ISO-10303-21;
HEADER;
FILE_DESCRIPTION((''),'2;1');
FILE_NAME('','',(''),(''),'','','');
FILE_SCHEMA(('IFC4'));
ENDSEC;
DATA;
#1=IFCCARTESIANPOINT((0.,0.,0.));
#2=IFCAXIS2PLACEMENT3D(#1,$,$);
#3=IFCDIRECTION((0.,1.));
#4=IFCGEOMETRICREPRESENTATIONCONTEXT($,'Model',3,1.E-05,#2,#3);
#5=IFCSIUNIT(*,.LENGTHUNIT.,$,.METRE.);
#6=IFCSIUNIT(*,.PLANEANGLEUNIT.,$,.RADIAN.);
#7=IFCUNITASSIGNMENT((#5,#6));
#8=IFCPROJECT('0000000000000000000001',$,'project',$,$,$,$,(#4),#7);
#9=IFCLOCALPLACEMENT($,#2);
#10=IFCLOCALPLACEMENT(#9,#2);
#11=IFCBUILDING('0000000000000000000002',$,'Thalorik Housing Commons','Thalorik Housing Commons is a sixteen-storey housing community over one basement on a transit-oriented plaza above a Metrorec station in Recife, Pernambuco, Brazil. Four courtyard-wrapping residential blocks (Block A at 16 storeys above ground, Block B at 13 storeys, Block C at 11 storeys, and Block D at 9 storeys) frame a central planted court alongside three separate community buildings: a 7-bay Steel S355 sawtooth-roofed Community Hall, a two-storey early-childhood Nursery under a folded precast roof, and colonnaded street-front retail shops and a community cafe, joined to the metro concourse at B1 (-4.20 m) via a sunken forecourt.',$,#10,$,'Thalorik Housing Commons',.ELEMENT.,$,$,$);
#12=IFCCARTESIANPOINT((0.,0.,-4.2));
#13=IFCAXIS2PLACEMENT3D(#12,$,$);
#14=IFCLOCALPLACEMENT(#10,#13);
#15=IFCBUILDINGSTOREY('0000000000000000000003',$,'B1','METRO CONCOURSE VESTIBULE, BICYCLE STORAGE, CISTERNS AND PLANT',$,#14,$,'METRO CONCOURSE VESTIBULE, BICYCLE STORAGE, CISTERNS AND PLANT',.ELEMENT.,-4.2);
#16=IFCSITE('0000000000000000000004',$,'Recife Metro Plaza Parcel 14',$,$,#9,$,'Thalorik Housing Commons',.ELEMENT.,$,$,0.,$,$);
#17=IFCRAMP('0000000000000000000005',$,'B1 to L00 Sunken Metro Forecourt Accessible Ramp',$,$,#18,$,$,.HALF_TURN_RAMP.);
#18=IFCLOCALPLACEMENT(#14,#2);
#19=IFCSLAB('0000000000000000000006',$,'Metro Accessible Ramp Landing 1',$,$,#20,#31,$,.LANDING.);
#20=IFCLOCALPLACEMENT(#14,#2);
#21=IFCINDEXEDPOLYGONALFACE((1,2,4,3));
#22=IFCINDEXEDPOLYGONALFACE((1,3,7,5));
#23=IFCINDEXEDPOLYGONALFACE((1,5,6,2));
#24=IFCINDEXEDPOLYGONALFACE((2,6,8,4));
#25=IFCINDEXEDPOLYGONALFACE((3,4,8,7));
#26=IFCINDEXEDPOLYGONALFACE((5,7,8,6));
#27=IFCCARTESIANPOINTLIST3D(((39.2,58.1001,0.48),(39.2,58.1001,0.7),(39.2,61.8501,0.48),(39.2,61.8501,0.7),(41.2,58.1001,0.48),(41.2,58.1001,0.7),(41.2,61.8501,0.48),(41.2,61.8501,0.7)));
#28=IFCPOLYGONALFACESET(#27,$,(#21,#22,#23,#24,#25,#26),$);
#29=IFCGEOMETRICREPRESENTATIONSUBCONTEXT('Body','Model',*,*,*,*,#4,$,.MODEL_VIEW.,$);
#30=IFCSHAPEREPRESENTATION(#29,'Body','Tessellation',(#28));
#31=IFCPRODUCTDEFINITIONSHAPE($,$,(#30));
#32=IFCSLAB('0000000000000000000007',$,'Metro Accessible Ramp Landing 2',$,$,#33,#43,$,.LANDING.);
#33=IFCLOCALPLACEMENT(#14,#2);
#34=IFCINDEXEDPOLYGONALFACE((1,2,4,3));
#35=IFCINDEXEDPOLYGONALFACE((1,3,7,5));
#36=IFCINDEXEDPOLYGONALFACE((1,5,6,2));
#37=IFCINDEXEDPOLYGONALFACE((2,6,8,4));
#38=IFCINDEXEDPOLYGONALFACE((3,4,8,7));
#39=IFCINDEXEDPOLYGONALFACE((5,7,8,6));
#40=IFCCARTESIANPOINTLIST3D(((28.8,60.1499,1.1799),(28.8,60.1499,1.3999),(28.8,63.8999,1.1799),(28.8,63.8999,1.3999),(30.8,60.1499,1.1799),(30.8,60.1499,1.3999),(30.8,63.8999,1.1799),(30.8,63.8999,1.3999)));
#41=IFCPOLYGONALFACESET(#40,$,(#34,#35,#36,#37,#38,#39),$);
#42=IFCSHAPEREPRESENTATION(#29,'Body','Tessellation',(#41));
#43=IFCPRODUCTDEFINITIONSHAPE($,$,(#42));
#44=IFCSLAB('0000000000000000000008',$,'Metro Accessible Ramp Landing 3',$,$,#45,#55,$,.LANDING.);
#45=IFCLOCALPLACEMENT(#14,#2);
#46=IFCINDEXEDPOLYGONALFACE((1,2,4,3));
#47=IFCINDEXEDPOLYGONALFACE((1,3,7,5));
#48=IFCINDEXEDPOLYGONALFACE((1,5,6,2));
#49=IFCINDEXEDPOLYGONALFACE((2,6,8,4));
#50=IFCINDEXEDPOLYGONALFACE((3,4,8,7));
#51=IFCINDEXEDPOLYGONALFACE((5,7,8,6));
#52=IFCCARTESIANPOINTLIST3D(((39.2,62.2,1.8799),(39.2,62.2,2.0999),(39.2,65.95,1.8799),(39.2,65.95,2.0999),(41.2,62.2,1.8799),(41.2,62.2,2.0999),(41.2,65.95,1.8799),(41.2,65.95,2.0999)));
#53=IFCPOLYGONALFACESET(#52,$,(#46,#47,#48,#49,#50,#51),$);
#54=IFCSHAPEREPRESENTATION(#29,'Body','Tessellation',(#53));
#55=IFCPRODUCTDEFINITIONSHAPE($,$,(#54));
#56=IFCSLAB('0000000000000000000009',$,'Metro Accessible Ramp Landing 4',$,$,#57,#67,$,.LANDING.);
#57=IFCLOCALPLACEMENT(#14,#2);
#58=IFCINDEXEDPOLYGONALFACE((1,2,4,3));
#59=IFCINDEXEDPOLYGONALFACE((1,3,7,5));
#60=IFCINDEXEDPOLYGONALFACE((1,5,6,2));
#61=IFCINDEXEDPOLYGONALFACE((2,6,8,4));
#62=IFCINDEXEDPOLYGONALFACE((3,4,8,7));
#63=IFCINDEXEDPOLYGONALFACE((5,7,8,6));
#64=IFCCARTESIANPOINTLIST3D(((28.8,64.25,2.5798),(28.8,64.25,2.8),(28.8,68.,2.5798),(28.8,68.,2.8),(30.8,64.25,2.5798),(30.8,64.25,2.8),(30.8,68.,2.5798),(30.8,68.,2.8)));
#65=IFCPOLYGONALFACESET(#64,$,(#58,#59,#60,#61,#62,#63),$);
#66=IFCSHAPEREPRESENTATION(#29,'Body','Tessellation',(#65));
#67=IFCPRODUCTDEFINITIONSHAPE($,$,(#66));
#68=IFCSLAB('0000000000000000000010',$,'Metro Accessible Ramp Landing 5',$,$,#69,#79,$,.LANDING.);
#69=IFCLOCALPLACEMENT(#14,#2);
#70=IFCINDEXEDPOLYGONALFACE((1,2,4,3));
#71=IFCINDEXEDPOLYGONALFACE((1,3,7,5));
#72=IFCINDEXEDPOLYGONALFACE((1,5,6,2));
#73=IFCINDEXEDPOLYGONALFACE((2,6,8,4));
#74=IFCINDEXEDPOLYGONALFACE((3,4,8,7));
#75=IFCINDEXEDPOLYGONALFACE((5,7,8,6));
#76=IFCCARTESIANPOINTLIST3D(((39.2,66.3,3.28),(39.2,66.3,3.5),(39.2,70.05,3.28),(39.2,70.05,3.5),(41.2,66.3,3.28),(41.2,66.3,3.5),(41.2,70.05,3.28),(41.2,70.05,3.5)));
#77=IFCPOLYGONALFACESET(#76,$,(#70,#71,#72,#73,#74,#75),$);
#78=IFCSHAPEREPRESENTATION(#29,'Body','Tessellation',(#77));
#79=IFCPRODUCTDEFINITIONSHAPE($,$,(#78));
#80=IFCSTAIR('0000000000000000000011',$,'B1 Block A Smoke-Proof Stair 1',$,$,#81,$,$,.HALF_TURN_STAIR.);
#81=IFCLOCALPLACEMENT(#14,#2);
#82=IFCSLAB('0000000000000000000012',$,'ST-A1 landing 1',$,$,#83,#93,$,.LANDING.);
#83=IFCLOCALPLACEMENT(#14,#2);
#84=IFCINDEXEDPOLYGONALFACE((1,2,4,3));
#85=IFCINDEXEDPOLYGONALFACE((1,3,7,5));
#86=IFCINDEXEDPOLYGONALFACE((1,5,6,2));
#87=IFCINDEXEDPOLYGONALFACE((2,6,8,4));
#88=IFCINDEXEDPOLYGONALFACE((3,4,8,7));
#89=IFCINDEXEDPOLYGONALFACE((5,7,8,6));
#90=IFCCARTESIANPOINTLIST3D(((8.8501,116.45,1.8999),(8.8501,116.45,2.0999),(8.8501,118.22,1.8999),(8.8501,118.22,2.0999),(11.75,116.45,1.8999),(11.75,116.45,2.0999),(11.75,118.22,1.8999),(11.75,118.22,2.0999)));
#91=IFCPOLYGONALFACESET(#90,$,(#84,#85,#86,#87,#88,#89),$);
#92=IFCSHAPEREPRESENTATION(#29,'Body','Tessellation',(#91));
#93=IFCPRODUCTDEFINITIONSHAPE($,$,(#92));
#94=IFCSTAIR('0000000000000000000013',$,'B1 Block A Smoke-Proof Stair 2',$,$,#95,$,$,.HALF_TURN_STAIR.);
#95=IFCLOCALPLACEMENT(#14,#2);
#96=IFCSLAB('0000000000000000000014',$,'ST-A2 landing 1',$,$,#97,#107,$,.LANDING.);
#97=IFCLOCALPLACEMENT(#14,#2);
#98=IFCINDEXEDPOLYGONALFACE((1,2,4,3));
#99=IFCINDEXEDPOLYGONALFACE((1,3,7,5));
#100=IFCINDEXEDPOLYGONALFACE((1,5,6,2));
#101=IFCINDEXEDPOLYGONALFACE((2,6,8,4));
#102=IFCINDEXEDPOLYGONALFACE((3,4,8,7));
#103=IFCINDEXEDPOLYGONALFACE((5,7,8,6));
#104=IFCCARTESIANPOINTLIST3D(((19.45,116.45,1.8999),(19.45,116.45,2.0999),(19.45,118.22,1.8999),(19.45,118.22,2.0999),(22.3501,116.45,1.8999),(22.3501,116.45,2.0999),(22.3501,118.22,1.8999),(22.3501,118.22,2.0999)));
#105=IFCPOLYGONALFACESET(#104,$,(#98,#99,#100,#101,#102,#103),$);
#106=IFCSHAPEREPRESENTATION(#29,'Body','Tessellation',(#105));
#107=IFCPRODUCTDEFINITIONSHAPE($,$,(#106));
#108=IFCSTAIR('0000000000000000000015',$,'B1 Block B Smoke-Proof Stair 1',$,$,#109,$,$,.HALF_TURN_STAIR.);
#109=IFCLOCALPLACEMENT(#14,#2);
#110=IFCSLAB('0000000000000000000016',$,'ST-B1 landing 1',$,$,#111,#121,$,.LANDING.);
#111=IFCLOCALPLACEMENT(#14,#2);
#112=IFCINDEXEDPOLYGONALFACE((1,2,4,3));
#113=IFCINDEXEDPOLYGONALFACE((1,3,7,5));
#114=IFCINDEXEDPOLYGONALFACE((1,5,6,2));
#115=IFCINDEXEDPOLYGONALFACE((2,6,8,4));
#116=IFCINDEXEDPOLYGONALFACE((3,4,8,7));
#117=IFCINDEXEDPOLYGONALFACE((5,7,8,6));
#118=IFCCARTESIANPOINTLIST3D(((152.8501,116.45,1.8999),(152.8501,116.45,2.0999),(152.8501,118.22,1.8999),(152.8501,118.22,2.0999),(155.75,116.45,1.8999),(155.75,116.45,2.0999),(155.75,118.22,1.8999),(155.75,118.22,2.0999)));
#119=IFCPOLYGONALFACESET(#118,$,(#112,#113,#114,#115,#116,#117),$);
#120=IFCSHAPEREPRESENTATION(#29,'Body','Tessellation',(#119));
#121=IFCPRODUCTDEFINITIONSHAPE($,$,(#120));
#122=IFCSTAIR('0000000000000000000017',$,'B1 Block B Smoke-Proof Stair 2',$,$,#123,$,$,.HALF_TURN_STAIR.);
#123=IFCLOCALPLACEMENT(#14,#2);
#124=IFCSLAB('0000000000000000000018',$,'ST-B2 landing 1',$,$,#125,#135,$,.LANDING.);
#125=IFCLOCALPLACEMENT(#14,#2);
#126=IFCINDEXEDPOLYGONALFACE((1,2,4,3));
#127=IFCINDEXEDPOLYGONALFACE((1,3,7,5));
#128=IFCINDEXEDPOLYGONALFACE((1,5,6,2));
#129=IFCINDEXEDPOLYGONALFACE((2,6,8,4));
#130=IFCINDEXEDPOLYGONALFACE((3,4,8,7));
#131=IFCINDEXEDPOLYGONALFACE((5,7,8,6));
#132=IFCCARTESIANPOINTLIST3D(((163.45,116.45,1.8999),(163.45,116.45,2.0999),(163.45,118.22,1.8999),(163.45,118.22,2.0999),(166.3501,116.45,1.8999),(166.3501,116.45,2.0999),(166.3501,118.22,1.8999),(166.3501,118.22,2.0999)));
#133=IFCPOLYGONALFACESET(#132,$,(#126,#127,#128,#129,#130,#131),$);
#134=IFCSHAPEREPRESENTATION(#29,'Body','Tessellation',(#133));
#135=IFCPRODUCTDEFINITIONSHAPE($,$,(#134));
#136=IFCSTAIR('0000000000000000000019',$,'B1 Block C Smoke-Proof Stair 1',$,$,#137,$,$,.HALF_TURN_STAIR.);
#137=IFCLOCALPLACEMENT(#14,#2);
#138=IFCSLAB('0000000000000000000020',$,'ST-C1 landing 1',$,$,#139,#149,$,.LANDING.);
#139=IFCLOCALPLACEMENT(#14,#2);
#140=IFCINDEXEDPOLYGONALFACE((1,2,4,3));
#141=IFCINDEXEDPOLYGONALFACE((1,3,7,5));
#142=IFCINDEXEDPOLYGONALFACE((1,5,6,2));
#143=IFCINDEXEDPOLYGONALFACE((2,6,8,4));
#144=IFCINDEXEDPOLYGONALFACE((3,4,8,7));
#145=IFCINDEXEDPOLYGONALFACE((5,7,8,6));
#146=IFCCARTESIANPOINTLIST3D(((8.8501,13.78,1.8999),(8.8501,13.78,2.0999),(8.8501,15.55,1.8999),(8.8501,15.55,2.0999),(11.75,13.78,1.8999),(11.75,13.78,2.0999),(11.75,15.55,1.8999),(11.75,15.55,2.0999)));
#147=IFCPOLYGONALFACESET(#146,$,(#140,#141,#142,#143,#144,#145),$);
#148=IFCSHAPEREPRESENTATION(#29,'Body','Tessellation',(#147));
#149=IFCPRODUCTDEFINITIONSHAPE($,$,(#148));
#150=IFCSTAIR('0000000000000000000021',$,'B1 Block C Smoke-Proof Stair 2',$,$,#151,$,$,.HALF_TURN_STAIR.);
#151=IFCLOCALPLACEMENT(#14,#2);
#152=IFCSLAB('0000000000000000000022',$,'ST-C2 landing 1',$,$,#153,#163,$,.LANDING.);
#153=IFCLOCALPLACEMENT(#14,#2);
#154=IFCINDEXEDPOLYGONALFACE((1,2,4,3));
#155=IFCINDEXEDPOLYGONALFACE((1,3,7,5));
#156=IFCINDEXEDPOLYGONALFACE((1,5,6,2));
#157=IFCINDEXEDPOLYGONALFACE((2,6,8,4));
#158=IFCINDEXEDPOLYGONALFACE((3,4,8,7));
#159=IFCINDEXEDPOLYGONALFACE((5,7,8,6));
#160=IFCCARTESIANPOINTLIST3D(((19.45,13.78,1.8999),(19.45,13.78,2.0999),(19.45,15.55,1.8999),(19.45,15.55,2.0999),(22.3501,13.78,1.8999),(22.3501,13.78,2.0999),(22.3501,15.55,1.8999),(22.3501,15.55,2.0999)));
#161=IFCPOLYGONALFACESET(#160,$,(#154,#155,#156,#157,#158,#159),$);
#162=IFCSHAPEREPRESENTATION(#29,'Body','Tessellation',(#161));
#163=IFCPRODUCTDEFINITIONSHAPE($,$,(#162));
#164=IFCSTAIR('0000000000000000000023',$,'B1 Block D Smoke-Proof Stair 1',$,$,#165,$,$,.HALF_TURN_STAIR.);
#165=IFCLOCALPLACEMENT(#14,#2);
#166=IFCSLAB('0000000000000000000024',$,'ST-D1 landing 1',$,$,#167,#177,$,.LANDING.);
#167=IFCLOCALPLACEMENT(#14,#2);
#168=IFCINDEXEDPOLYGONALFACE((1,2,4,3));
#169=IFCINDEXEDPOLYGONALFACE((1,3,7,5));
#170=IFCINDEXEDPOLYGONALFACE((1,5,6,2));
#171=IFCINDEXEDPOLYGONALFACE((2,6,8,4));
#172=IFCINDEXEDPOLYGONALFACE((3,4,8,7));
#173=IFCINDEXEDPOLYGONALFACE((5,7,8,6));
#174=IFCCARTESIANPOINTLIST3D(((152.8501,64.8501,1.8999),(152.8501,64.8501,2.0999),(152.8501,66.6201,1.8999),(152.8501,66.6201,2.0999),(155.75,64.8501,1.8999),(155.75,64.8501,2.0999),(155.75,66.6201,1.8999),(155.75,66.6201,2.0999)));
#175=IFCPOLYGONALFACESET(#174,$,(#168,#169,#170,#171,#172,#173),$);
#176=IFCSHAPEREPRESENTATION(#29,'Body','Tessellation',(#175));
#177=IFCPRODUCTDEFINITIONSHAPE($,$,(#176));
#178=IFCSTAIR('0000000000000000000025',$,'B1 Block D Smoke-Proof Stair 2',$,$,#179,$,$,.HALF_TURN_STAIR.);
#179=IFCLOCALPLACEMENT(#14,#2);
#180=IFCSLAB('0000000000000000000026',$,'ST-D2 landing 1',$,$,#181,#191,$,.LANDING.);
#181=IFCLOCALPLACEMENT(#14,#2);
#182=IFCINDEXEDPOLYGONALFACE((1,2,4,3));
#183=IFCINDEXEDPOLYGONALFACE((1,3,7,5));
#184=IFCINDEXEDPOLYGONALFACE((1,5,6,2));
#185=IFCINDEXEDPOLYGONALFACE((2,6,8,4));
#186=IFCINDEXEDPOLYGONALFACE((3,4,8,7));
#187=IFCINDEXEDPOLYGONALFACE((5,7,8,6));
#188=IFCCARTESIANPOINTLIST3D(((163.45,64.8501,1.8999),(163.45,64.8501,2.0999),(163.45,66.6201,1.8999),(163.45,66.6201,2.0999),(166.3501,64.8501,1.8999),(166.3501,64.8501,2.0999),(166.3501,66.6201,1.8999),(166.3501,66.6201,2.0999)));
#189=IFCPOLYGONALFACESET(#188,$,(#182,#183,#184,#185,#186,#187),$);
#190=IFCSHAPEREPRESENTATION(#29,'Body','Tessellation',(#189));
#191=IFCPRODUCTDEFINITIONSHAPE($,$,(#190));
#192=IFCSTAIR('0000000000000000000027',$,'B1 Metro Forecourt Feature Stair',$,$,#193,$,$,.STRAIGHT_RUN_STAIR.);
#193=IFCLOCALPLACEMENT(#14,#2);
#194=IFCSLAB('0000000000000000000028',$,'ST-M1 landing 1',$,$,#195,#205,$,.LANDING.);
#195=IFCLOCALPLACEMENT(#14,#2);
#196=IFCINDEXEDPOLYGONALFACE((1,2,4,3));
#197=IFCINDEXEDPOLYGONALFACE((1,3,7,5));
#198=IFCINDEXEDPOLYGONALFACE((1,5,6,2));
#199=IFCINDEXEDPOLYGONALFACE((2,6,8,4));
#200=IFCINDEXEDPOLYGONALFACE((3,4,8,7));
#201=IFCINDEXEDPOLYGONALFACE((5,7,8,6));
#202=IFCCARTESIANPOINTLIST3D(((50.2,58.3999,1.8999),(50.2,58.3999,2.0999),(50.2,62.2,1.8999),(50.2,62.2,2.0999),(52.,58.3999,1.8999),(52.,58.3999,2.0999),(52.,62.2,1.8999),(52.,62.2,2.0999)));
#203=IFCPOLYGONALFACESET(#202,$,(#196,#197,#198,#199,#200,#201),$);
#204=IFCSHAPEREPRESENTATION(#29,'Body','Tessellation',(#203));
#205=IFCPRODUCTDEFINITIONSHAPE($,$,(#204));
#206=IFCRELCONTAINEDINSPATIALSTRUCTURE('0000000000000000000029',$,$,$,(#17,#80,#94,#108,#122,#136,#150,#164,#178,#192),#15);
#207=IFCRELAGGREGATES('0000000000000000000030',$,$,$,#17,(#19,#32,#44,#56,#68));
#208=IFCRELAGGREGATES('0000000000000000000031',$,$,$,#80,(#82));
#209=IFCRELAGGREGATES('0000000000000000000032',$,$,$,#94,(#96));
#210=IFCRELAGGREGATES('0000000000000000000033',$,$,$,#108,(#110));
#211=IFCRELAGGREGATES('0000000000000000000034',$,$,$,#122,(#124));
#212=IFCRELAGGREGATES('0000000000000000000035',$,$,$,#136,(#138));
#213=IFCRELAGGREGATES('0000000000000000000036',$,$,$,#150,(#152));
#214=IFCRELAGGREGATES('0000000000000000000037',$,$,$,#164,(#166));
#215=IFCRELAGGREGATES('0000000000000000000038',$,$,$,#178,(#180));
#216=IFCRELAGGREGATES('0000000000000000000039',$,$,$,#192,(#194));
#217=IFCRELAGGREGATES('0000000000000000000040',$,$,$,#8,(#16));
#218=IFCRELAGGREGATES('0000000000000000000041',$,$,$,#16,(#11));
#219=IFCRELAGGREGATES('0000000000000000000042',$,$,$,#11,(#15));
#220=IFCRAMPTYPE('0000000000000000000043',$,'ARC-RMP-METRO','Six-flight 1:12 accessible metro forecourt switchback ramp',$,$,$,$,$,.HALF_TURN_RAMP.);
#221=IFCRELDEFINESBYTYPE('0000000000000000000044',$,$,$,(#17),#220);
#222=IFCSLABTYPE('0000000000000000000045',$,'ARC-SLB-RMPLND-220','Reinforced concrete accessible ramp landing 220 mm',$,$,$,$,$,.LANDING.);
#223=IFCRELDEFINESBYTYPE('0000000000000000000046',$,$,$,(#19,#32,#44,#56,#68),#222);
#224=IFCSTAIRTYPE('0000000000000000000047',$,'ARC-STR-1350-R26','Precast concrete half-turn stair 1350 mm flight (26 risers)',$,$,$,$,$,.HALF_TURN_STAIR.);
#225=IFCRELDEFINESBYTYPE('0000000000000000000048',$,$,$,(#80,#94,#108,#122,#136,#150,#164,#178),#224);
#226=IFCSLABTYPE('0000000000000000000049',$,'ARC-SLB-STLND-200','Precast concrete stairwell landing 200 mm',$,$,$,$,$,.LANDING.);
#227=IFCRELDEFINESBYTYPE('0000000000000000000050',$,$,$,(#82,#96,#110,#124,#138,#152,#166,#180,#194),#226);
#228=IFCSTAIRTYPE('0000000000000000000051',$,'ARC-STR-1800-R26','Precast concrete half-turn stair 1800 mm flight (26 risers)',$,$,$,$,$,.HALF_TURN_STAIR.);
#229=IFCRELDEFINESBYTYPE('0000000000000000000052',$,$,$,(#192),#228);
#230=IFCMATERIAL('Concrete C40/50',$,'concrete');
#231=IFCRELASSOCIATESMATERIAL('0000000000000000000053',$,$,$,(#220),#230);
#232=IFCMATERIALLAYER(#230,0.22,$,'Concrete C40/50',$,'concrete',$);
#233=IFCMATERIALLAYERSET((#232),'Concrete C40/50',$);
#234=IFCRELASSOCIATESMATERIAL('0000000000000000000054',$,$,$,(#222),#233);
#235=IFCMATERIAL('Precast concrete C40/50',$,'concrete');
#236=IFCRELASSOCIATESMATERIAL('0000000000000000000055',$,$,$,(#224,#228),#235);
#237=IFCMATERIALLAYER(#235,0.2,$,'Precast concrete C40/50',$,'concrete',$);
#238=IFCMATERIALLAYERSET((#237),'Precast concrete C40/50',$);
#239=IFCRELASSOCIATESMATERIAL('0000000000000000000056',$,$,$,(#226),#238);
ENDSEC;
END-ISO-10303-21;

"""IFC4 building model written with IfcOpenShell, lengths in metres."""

from ifc_helpers import new_model, si_unit, direction, frame, origin, place, context, subcontext, project, spatial, polyline, outline, extrude, material, layer, layer_set, type_object, element, aggregate, save


model = new_model("IFC4")

# Units and contexts
model_context = context("Model", 3, precision=1e-05, world=origin(), true_north=direction((0.0, 1.0)))
body_context = subcontext(model_context, "Body", "Model", "MODEL_VIEW")
ifc_project = project(units=[si_unit("LENGTHUNIT", "METRE"), si_unit("PLANEANGLEUNIT", "RADIAN")], contexts=[model_context])

# Site, building, storey
site_placement = place(None, origin())
site = spatial("IfcSite", under=ifc_project, at=site_placement, Name="Recife Metro Plaza Parcel 14", LongName="Thalorik Housing Commons", CompositionType="ELEMENT", RefElevation=0.0)
building_placement = place(site_placement, origin())
building = spatial("IfcBuilding", under=site, at=building_placement, Name="Thalorik Housing Commons", Description="Thalorik Housing Commons is a sixteen-storey housing community over one basement on a transit-oriented plaza above a Metrorec station in Recife, Pernambuco, Brazil. Four courtyard-wrapping residential blocks (Block A at 16 storeys above ground, Block B at 13 storeys, Block C at 11 storeys, and Block D at 9 storeys) frame a central planted court alongside three separate community buildings: a 7-bay Steel S355 sawtooth-roofed Community Hall, a two-storey early-childhood Nursery under a folded precast roof, and colonnaded street-front retail shops and a community cafe, joined to the metro concourse at B1 (-4.20 m) via a sunken forecourt.", LongName="Thalorik Housing Commons", CompositionType="ELEMENT")
storey_placement = place(building_placement, frame((0.0, 0.0, -4.2)))
storey = spatial("IfcBuildingStorey", under=building, at=storey_placement, Name="B1", Description="METRO CONCOURSE VESTIBULE, BICYCLE STORAGE, CISTERNS AND PLANT", LongName="METRO CONCOURSE VESTIBULE, BICYCLE STORAGE, CISTERNS AND PLANT", CompositionType="ELEMENT", Elevation=-4.2)

# Ramp, slabs
ifc_material_1 = material(Name="Concrete C40/50", Category="concrete")
ramp_type = type_object("IfcRampType", Name="ARC-RMP-METRO", Description="Six-flight 1:12 accessible metro forecourt switchback ramp", PredefinedType="HALF_TURN_RAMP", material=ifc_material_1)
ramp_placement = place(storey_placement, origin())
ramp = element("IfcRamp", 1, at=ramp_placement, inside=storey, type_object=ramp_type, Name="B1 to L00 Sunken Metro Forecourt Accessible Ramp", PredefinedType="HALF_TURN_RAMP")
ifc_layer_1 = layer(ifc_material_1, 0.22, Name="Concrete C40/50", Category="concrete")
ifc_layer_set_1 = layer_set([ifc_layer_1], Name="Concrete C40/50")
slab_type_1 = type_object("IfcSlabType", Name="ARC-SLB-RMPLND-220", Description="Reinforced concrete accessible ramp landing 220 mm", PredefinedType="LANDING", material=ifc_layer_set_1)
slab_1_placement = place(storey_placement, frame((0.0, 0.0, 0.48)))
slab_1 = element("IfcSlab", 2, at=slab_1_placement, type_object=slab_type_1, Name="Metro Accessible Ramp Landing 1", PredefinedType="LANDING", context=body_context, shape_type="SweptSolid", body=[
    extrude(outline(polyline([(39.2, 58.1001), (41.2, 58.1001), (41.2, 61.8501), (39.2, 61.8501), (39.2, 58.1001)])), origin(), (0.0, 0.0, 1.0), 0.22),
])
slab_2_placement = place(storey_placement, frame((0.0, 0.0, 1.1799)))
slab_2 = element("IfcSlab", 3, at=slab_2_placement, type_object=slab_type_1, Name="Metro Accessible Ramp Landing 2", PredefinedType="LANDING", context=body_context, shape_type="SweptSolid", body=[
    extrude(outline(polyline([(28.8, 60.1499), (30.8, 60.1499), (30.8, 63.8999), (28.8, 63.8999), (28.8, 60.1499)])), origin(), (0.0, 0.0, 1.0), 0.22),
])
slab_3_placement = place(storey_placement, frame((0.0, 0.0, 1.8799)))
slab_3 = element("IfcSlab", 4, at=slab_3_placement, type_object=slab_type_1, Name="Metro Accessible Ramp Landing 3", PredefinedType="LANDING", context=body_context, shape_type="SweptSolid", body=[
    extrude(outline(polyline([(39.2, 62.2), (41.2, 62.2), (41.2, 65.95), (39.2, 65.95), (39.2, 62.2)])), origin(), (0.0, 0.0, 1.0), 0.22),
])
slab_4_placement = place(storey_placement, frame((0.0, 0.0, 2.5798)))
slab_4 = element("IfcSlab", 5, at=slab_4_placement, type_object=slab_type_1, Name="Metro Accessible Ramp Landing 4", PredefinedType="LANDING", context=body_context, shape_type="SweptSolid", body=[
    extrude(outline(polyline([(28.8, 64.25), (30.8, 64.25), (30.8, 68.0), (28.8, 68.0), (28.8, 64.25)])), origin(), (0.0, 0.0, 1.0), 0.2202),
])
slab_5_placement = place(storey_placement, frame((0.0, 0.0, 3.28)))
slab_5 = element("IfcSlab", 6, at=slab_5_placement, type_object=slab_type_1, Name="Metro Accessible Ramp Landing 5", PredefinedType="LANDING", context=body_context, shape_type="SweptSolid", body=[
    extrude(outline(polyline([(39.2, 66.3), (41.2, 66.3), (41.2, 70.05), (39.2, 70.05), (39.2, 66.3)])), origin(), (0.0, 0.0, 1.0), 0.22),
])
aggregate(ramp, [slab_1, slab_2, slab_3, slab_4, slab_5])

# Stairs, slabs
ifc_material_2 = material(Name="Precast concrete C40/50", Category="concrete")
stair_type_1 = type_object("IfcStairType", Name="ARC-STR-1350-R26", Description="Precast concrete half-turn stair 1350 mm flight (26 risers)", PredefinedType="HALF_TURN_STAIR", material=ifc_material_2)
stair_1_placement = place(storey_placement, origin())
stair_1 = element("IfcStair", 7, at=stair_1_placement, inside=storey, type_object=stair_type_1, Name="B1 Block A Smoke-Proof Stair 1", PredefinedType="HALF_TURN_STAIR")
ifc_layer_2 = layer(ifc_material_2, 0.2, Name="Precast concrete C40/50", Category="concrete")
ifc_layer_set_2 = layer_set([ifc_layer_2], Name="Precast concrete C40/50")
slab_type_2 = type_object("IfcSlabType", Name="ARC-SLB-STLND-200", Description="Precast concrete stairwell landing 200 mm", PredefinedType="LANDING", material=ifc_layer_set_2)
slab_6_placement = place(storey_placement, frame((0.0, 0.0, 1.8999)))
slab_6 = element("IfcSlab", 8, at=slab_6_placement, type_object=slab_type_2, Name="ST-A1 landing 1", PredefinedType="LANDING", context=body_context, shape_type="SweptSolid", body=[
    extrude(outline(polyline([(8.8501, 118.22), (8.8501, 116.45), (11.75, 116.45), (11.75, 118.22), (8.8501, 118.22)])), origin(), (0.0, 0.0, 1.0), 0.2),
])
aggregate(stair_1, [slab_6])
stair_2_placement = place(storey_placement, origin())
stair_2 = element("IfcStair", 9, at=stair_2_placement, inside=storey, type_object=stair_type_1, Name="B1 Block A Smoke-Proof Stair 2", PredefinedType="HALF_TURN_STAIR")
slab_7_placement = place(storey_placement, frame((0.0, 0.0, 1.8999)))
slab_7 = element("IfcSlab", 10, at=slab_7_placement, type_object=slab_type_2, Name="ST-A2 landing 1", PredefinedType="LANDING", context=body_context, shape_type="SweptSolid", body=[
    extrude(outline(polyline([(19.45, 118.22), (19.45, 116.45), (22.3501, 116.45), (22.3501, 118.22), (19.45, 118.22)])), origin(), (0.0, 0.0, 1.0), 0.2),
])
aggregate(stair_2, [slab_7])
stair_3_placement = place(storey_placement, origin())
stair_3 = element("IfcStair", 11, at=stair_3_placement, inside=storey, type_object=stair_type_1, Name="B1 Block B Smoke-Proof Stair 1", PredefinedType="HALF_TURN_STAIR")
slab_8_placement = place(storey_placement, frame((0.0, 0.0, 1.8999)))
slab_8 = element("IfcSlab", 12, at=slab_8_placement, type_object=slab_type_2, Name="ST-B1 landing 1", PredefinedType="LANDING", context=body_context, shape_type="SweptSolid", body=[
    extrude(outline(polyline([(152.8501, 118.22), (152.8501, 116.45), (155.75, 116.45), (155.75, 118.22), (152.8501, 118.22)])), origin(), (0.0, 0.0, 1.0), 0.2),
])
aggregate(stair_3, [slab_8])
stair_4_placement = place(storey_placement, origin())
stair_4 = element("IfcStair", 13, at=stair_4_placement, inside=storey, type_object=stair_type_1, Name="B1 Block B Smoke-Proof Stair 2", PredefinedType="HALF_TURN_STAIR")
slab_9_placement = place(storey_placement, frame((0.0, 0.0, 1.8999)))
slab_9 = element("IfcSlab", 14, at=slab_9_placement, type_object=slab_type_2, Name="ST-B2 landing 1", PredefinedType="LANDING", context=body_context, shape_type="SweptSolid", body=[
    extrude(outline(polyline([(163.45, 118.22), (163.45, 116.45), (166.3501, 116.45), (166.3501, 118.22), (163.45, 118.22)])), origin(), (0.0, 0.0, 1.0), 0.2),
])
aggregate(stair_4, [slab_9])
stair_5_placement = place(storey_placement, origin())
stair_5 = element("IfcStair", 15, at=stair_5_placement, inside=storey, type_object=stair_type_1, Name="B1 Block C Smoke-Proof Stair 1", PredefinedType="HALF_TURN_STAIR")
slab_10_placement = place(storey_placement, frame((0.0, 0.0, 1.8999)))
slab_10 = element("IfcSlab", 16, at=slab_10_placement, type_object=slab_type_2, Name="ST-C1 landing 1", PredefinedType="LANDING", context=body_context, shape_type="SweptSolid", body=[
    extrude(outline(polyline([(11.75, 13.78), (11.75, 15.55), (8.8501, 15.55), (8.8501, 13.78), (11.75, 13.78)])), origin(), (0.0, 0.0, 1.0), 0.2),
])
aggregate(stair_5, [slab_10])
stair_6_placement = place(storey_placement, origin())
stair_6 = element("IfcStair", 17, at=stair_6_placement, inside=storey, type_object=stair_type_1, Name="B1 Block C Smoke-Proof Stair 2", PredefinedType="HALF_TURN_STAIR")
slab_11_placement = place(storey_placement, frame((0.0, 0.0, 1.8999)))
slab_11 = element("IfcSlab", 18, at=slab_11_placement, type_object=slab_type_2, Name="ST-C2 landing 1", PredefinedType="LANDING", context=body_context, shape_type="SweptSolid", body=[
    extrude(outline(polyline([(22.3501, 13.78), (22.3501, 15.55), (19.45, 15.55), (19.45, 13.78), (22.3501, 13.78)])), origin(), (0.0, 0.0, 1.0), 0.2),
])
aggregate(stair_6, [slab_11])
stair_7_placement = place(storey_placement, origin())
stair_7 = element("IfcStair", 19, at=stair_7_placement, inside=storey, type_object=stair_type_1, Name="B1 Block D Smoke-Proof Stair 1", PredefinedType="HALF_TURN_STAIR")
slab_12_placement = place(storey_placement, frame((0.0, 0.0, 1.8999)))
slab_12 = element("IfcSlab", 20, at=slab_12_placement, type_object=slab_type_2, Name="ST-D1 landing 1", PredefinedType="LANDING", context=body_context, shape_type="SweptSolid", body=[
    extrude(outline(polyline([(152.8501, 66.6201), (152.8501, 64.8501), (155.75, 64.8501), (155.75, 66.6201), (152.8501, 66.6201)])), origin(), (0.0, 0.0, 1.0), 0.2),
])
aggregate(stair_7, [slab_12])
stair_8_placement = place(storey_placement, origin())
stair_8 = element("IfcStair", 21, at=stair_8_placement, inside=storey, type_object=stair_type_1, Name="B1 Block D Smoke-Proof Stair 2", PredefinedType="HALF_TURN_STAIR")
slab_13_placement = place(storey_placement, frame((0.0, 0.0, 1.8999)))
slab_13 = element("IfcSlab", 22, at=slab_13_placement, type_object=slab_type_2, Name="ST-D2 landing 1", PredefinedType="LANDING", context=body_context, shape_type="SweptSolid", body=[
    extrude(outline(polyline([(163.45, 66.6201), (163.45, 64.8501), (166.3501, 64.8501), (166.3501, 66.6201), (163.45, 66.6201)])), origin(), (0.0, 0.0, 1.0), 0.2),
])
aggregate(stair_8, [slab_13])
stair_type_2 = type_object("IfcStairType", Name="ARC-STR-1800-R26", Description="Precast concrete half-turn stair 1800 mm flight (26 risers)", PredefinedType="HALF_TURN_STAIR", material=ifc_material_2)
stair_9_placement = place(storey_placement, origin())
stair_9 = element("IfcStair", 23, at=stair_9_placement, inside=storey, type_object=stair_type_2, Name="B1 Metro Forecourt Feature Stair", PredefinedType="STRAIGHT_RUN_STAIR")
slab_14_placement = place(storey_placement, frame((0.0, 0.0, 1.8999)))
slab_14 = element("IfcSlab", 24, at=slab_14_placement, type_object=slab_type_2, Name="ST-M1 landing 1", PredefinedType="LANDING", context=body_context, shape_type="SweptSolid", body=[
    extrude(outline(polyline([(52.0, 62.2), (50.2, 62.2), (50.2, 58.3999), (52.0, 58.3999), (52.0, 62.2)])), origin(), (0.0, 0.0, 1.0), 0.2),
])
aggregate(stair_9, [slab_14])

save(model, "model.ifc")
